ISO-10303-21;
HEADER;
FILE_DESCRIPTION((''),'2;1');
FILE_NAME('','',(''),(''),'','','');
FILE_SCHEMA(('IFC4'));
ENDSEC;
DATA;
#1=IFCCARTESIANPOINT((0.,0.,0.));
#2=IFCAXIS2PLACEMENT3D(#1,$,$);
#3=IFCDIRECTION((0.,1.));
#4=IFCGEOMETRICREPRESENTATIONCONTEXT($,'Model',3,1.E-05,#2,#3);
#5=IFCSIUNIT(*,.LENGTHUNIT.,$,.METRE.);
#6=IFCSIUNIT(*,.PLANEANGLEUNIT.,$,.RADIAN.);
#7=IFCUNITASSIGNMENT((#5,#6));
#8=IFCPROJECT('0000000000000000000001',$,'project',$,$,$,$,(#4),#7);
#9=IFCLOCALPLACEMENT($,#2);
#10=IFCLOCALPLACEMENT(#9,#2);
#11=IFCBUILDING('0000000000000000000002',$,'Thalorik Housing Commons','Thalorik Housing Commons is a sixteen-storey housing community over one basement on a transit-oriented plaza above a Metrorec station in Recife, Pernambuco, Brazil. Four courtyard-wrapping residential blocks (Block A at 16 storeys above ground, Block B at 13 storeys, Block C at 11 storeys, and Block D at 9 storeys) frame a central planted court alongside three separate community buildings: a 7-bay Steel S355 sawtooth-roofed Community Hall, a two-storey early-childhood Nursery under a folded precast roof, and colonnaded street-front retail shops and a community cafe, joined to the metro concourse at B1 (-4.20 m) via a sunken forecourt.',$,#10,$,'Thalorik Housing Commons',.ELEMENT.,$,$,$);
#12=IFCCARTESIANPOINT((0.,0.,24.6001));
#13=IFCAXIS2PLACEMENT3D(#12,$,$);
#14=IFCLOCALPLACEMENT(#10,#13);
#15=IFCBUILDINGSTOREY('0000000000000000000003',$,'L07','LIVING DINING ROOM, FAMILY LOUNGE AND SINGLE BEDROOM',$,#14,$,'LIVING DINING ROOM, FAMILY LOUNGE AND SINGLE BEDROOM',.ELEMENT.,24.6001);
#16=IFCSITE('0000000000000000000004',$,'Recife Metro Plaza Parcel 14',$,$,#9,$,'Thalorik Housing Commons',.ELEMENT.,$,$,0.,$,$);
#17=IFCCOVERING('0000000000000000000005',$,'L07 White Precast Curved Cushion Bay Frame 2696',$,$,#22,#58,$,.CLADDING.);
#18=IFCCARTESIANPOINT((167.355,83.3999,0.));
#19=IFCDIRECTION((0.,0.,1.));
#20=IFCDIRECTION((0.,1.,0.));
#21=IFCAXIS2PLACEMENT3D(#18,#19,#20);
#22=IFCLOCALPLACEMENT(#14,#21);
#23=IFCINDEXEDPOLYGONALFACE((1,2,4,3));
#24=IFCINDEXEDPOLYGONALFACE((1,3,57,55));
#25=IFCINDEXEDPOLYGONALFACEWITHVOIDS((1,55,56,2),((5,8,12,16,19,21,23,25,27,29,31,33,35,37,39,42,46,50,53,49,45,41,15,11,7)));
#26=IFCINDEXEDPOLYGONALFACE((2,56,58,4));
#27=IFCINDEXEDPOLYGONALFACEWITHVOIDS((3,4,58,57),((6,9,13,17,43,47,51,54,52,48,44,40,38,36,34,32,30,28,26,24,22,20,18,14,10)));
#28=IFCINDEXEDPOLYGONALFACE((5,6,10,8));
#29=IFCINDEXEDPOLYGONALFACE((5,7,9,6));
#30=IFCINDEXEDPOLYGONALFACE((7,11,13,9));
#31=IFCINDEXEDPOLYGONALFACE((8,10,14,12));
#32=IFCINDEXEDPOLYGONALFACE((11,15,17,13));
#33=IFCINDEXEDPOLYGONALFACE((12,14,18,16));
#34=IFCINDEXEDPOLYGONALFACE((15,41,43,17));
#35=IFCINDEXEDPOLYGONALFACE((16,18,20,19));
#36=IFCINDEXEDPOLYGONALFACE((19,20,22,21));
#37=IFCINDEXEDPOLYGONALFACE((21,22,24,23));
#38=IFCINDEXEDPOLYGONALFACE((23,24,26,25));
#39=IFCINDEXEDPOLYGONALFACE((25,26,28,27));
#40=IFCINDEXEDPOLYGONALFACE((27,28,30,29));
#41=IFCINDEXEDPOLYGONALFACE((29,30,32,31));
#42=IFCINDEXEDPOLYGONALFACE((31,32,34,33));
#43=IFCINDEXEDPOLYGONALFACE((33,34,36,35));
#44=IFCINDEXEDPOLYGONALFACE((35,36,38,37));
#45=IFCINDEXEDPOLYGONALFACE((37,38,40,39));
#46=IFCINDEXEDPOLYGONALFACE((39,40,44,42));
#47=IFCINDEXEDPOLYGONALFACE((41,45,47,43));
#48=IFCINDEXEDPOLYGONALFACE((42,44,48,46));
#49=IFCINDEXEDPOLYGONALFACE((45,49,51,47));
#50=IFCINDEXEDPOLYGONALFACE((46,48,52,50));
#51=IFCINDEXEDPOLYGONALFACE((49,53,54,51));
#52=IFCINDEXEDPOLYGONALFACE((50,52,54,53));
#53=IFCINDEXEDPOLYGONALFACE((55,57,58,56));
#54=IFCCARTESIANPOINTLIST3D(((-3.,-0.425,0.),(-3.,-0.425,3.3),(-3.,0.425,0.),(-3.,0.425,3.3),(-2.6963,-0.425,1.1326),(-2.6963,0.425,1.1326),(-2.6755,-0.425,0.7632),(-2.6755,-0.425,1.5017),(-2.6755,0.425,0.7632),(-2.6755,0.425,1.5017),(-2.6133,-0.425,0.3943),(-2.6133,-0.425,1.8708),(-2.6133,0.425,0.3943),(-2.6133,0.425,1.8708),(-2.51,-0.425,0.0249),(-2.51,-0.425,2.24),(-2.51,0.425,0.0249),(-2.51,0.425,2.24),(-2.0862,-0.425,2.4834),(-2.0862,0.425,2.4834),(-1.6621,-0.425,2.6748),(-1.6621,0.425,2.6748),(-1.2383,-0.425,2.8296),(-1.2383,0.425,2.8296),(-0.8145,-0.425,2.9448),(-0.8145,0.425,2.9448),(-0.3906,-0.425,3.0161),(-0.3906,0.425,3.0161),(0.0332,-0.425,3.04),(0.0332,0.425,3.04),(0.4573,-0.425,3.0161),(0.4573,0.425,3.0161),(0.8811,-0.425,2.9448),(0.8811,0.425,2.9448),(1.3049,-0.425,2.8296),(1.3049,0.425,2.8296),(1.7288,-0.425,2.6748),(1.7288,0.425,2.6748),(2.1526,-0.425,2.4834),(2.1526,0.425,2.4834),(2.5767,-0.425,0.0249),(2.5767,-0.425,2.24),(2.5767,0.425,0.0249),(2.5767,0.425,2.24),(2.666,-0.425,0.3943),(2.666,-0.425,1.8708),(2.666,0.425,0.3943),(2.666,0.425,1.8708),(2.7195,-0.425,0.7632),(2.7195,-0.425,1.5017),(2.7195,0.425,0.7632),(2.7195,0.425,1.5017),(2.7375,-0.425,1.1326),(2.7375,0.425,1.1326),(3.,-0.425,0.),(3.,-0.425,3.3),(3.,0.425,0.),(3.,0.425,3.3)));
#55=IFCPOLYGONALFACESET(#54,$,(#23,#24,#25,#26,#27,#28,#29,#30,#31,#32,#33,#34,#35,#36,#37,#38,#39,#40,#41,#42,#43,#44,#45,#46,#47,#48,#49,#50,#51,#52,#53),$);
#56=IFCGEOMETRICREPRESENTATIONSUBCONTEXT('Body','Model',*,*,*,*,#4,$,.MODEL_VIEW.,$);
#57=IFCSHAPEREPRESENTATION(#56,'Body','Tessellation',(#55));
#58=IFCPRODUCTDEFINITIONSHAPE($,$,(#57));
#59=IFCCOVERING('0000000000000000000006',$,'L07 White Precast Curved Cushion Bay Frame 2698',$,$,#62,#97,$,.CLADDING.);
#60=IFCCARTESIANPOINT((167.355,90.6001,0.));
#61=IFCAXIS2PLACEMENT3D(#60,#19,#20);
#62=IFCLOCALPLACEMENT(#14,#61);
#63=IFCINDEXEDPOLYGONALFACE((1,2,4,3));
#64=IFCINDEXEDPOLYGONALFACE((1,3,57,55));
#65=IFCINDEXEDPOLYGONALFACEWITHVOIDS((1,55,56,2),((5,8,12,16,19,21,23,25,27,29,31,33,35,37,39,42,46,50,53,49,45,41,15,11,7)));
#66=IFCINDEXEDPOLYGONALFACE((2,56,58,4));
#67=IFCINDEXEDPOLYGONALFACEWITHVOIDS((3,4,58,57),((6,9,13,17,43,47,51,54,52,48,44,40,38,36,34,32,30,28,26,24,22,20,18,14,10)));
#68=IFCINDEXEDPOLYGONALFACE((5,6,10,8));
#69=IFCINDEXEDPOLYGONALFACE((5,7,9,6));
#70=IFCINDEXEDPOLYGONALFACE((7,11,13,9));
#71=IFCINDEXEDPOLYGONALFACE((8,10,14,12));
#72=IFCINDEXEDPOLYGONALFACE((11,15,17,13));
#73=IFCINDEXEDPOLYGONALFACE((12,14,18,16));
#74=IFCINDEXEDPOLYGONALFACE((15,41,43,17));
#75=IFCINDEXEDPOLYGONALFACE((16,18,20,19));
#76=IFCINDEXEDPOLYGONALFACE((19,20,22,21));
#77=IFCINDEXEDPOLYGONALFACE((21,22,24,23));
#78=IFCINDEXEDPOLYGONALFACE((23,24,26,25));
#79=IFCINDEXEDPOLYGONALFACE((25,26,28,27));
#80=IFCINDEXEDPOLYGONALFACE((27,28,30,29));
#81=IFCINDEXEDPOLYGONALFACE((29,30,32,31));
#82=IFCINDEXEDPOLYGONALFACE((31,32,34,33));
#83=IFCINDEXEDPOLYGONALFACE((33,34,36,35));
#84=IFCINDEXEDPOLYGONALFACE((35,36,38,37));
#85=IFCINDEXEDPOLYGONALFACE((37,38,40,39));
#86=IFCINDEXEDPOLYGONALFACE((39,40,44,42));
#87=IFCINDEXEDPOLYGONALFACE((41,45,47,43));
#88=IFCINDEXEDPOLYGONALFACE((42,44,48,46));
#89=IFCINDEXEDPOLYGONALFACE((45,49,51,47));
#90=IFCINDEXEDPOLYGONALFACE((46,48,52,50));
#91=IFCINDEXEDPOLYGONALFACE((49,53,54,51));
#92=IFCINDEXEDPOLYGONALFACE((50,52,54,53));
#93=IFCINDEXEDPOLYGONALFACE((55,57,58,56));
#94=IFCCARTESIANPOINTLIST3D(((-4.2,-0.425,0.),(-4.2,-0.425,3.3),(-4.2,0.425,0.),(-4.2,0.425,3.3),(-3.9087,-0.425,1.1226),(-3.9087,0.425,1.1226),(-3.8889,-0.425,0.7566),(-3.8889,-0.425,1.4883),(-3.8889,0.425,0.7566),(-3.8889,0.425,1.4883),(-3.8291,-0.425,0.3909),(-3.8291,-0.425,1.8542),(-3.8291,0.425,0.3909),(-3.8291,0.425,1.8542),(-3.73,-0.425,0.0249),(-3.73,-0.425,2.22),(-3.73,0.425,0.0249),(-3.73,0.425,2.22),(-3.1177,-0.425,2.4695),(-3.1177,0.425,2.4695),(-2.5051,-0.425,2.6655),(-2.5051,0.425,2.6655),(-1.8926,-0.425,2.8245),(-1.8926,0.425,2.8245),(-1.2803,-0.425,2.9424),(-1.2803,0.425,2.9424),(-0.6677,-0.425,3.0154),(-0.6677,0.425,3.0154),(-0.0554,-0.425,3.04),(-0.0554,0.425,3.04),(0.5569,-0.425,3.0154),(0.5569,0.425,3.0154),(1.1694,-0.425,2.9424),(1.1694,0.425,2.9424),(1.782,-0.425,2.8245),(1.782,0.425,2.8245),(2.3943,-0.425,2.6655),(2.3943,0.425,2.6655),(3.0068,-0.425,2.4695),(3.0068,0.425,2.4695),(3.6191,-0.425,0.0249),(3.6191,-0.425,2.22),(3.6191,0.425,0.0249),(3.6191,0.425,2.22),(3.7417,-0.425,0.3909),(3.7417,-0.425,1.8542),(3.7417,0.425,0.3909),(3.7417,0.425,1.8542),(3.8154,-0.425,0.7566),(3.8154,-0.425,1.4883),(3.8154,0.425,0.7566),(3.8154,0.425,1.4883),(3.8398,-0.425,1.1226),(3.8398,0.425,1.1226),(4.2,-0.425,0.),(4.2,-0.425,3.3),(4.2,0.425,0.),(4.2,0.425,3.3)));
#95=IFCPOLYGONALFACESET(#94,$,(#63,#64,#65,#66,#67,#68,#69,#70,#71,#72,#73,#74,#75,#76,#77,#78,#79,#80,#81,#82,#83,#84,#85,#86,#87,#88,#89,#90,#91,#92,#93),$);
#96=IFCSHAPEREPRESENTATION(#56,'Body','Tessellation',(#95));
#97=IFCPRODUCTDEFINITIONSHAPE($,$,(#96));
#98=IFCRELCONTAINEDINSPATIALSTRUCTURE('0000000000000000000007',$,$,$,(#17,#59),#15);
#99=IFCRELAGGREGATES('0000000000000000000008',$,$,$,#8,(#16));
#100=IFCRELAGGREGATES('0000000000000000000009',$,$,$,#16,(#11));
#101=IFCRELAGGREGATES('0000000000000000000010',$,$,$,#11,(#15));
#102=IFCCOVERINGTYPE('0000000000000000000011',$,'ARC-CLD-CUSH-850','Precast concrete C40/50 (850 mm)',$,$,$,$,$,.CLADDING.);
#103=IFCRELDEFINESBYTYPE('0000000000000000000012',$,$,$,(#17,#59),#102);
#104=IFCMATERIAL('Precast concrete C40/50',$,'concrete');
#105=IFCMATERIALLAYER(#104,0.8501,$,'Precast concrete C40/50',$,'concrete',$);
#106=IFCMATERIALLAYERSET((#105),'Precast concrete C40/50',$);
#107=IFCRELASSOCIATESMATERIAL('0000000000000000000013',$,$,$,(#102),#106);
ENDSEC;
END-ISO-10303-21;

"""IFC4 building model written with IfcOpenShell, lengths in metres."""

from ifc_helpers import new_model, si_unit, direction, frame, origin, place, context, subcontext, project, spatial, polyline, outline, extrude, material, layer, layer_set, type_object, element, save


model = new_model("IFC4")

# Units and contexts
model_context = context("Model", 3, precision=1e-05, world=origin(), true_north=direction((0.0, 1.0)))
body_context = subcontext(model_context, "Body", "Model", "MODEL_VIEW")
ifc_project = project(units=[si_unit("LENGTHUNIT", "METRE"), si_unit("PLANEANGLEUNIT", "RADIAN")], contexts=[model_context])

# Site, building, storey
site_placement = place(None, origin())
site = spatial("IfcSite", under=ifc_project, at=site_placement, Name="Recife Metro Plaza Parcel 14", LongName="Thalorik Housing Commons", CompositionType="ELEMENT", RefElevation=0.0)
building_placement = place(site_placement, origin())
building = spatial("IfcBuilding", under=site, at=building_placement, Name="Thalorik Housing Commons", Description="Thalorik Housing Commons is a sixteen-storey housing community over one basement on a transit-oriented plaza above a Metrorec station in Recife, Pernambuco, Brazil. Four courtyard-wrapping residential blocks (Block A at 16 storeys above ground, Block B at 13 storeys, Block C at 11 storeys, and Block D at 9 storeys) frame a central planted court alongside three separate community buildings: a 7-bay Steel S355 sawtooth-roofed Community Hall, a two-storey early-childhood Nursery under a folded precast roof, and colonnaded street-front retail shops and a community cafe, joined to the metro concourse at B1 (-4.20 m) via a sunken forecourt.", LongName="Thalorik Housing Commons", CompositionType="ELEMENT")
storey_placement = place(building_placement, frame((0.0, 0.0, 24.6001)))
storey = spatial("IfcBuildingStorey", under=building, at=storey_placement, Name="L07", Description="LIVING DINING ROOM, FAMILY LOUNGE AND SINGLE BEDROOM", LongName="LIVING DINING ROOM, FAMILY LOUNGE AND SINGLE BEDROOM", CompositionType="ELEMENT", Elevation=24.6001)

# Shared definitions
ifc_material_1 = material(Name="Precast concrete C40/50", Category="concrete")

# Coverings
ifc_layer_1 = layer(ifc_material_1, 0.8501, Name="Precast concrete C40/50", Category="concrete")
ifc_layer_set_1 = layer_set([ifc_layer_1], Name="Precast concrete C40/50")
covering_type_1 = type_object("IfcCoveringType", Name="ARC-CLD-CUSH-850", Description="Precast concrete C40/50 (850 mm)", PredefinedType="CLADDING", material=ifc_layer_set_1)
covering_1_placement = place(storey_placement, frame((167.355, 83.3999, 0.0), z_axis=(0.0, 0.0, 1.0), x_axis=(0.0, 1.0, 0.0)))
element("IfcCovering", 1, at=covering_1_placement, inside=storey, type_object=covering_type_1, Name="L07 White Precast Curved Cushion Bay Frame 2696", PredefinedType="CLADDING", context=body_context, shape_type="SweptSolid", body=[
    extrude(outline(polyline([(-3.0, 0.0), (3.0, 0.0), (3.0, 3.3), (-3.0, 3.3), (-3.0, 0.0)]), holes=[polyline([(2.5767, 0.0249), (2.666, 0.3943), (2.7195, 0.7632), (2.7375, 1.1326), (2.7195, 1.5017), (2.666, 1.8708), (2.5767, 2.24), (2.1526, 2.4834), (1.7288, 2.6748), (1.3049, 2.8296), (0.8811, 2.9448), (0.4573, 3.0161), (0.0332, 3.04), (-0.3906, 3.0161), (-0.8145, 2.9448), (-1.2383, 2.8296), (-1.6621, 2.6748), (-2.0862, 2.4834), (-2.51, 2.24), (-2.6133, 1.8708), (-2.6755, 1.5017), (-2.6963, 1.1326), (-2.6755, 0.7632), (-2.6133, 0.3943), (-2.51, 0.0249), (2.5767, 0.0249)])]), frame((0.0, 0.425, 0.0), z_axis=(0.0, -1.0, 0.0), x_axis=(1.0, 0.0, 0.0)), (0.0, 0.0, 1.0), 0.8501),
])
covering_2_placement = place(storey_placement, frame((167.355, 90.6001, 0.0), z_axis=(0.0, 0.0, 1.0), x_axis=(0.0, 1.0, 0.0)))
element("IfcCovering", 2, at=covering_2_placement, inside=storey, type_object=covering_type_1, Name="L07 White Precast Curved Cushion Bay Frame 2698", PredefinedType="CLADDING", context=body_context, shape_type="SweptSolid", body=[
    extrude(outline(polyline([(-4.2, 0.0), (4.2, 0.0), (4.2, 3.3), (-4.2, 3.3), (-4.2, 0.0)]), holes=[polyline([(3.6191, 0.0249), (3.7417, 0.3909), (3.8154, 0.7566), (3.8398, 1.1226), (3.8154, 1.4883), (3.7417, 1.8542), (3.6191, 2.22), (3.0068, 2.4695), (2.3943, 2.6655), (1.782, 2.8245), (1.1694, 2.9424), (0.5569, 3.0154), (-0.0554, 3.04), (-0.6677, 3.0154), (-1.2803, 2.9424), (-1.8926, 2.8245), (-2.5051, 2.6655), (-3.1177, 2.4695), (-3.73, 2.22), (-3.8291, 1.8542), (-3.8889, 1.4883), (-3.9087, 1.1226), (-3.8889, 0.7566), (-3.8291, 0.3909), (-3.73, 0.0249), (3.6191, 0.0249)])]), frame((0.0, 0.425, 0.0), z_axis=(0.0, -1.0, 0.0), x_axis=(1.0, 0.0, 0.0)), (0.0, 0.0, 1.0), 0.8501),
])

save(model, "model.ifc")
